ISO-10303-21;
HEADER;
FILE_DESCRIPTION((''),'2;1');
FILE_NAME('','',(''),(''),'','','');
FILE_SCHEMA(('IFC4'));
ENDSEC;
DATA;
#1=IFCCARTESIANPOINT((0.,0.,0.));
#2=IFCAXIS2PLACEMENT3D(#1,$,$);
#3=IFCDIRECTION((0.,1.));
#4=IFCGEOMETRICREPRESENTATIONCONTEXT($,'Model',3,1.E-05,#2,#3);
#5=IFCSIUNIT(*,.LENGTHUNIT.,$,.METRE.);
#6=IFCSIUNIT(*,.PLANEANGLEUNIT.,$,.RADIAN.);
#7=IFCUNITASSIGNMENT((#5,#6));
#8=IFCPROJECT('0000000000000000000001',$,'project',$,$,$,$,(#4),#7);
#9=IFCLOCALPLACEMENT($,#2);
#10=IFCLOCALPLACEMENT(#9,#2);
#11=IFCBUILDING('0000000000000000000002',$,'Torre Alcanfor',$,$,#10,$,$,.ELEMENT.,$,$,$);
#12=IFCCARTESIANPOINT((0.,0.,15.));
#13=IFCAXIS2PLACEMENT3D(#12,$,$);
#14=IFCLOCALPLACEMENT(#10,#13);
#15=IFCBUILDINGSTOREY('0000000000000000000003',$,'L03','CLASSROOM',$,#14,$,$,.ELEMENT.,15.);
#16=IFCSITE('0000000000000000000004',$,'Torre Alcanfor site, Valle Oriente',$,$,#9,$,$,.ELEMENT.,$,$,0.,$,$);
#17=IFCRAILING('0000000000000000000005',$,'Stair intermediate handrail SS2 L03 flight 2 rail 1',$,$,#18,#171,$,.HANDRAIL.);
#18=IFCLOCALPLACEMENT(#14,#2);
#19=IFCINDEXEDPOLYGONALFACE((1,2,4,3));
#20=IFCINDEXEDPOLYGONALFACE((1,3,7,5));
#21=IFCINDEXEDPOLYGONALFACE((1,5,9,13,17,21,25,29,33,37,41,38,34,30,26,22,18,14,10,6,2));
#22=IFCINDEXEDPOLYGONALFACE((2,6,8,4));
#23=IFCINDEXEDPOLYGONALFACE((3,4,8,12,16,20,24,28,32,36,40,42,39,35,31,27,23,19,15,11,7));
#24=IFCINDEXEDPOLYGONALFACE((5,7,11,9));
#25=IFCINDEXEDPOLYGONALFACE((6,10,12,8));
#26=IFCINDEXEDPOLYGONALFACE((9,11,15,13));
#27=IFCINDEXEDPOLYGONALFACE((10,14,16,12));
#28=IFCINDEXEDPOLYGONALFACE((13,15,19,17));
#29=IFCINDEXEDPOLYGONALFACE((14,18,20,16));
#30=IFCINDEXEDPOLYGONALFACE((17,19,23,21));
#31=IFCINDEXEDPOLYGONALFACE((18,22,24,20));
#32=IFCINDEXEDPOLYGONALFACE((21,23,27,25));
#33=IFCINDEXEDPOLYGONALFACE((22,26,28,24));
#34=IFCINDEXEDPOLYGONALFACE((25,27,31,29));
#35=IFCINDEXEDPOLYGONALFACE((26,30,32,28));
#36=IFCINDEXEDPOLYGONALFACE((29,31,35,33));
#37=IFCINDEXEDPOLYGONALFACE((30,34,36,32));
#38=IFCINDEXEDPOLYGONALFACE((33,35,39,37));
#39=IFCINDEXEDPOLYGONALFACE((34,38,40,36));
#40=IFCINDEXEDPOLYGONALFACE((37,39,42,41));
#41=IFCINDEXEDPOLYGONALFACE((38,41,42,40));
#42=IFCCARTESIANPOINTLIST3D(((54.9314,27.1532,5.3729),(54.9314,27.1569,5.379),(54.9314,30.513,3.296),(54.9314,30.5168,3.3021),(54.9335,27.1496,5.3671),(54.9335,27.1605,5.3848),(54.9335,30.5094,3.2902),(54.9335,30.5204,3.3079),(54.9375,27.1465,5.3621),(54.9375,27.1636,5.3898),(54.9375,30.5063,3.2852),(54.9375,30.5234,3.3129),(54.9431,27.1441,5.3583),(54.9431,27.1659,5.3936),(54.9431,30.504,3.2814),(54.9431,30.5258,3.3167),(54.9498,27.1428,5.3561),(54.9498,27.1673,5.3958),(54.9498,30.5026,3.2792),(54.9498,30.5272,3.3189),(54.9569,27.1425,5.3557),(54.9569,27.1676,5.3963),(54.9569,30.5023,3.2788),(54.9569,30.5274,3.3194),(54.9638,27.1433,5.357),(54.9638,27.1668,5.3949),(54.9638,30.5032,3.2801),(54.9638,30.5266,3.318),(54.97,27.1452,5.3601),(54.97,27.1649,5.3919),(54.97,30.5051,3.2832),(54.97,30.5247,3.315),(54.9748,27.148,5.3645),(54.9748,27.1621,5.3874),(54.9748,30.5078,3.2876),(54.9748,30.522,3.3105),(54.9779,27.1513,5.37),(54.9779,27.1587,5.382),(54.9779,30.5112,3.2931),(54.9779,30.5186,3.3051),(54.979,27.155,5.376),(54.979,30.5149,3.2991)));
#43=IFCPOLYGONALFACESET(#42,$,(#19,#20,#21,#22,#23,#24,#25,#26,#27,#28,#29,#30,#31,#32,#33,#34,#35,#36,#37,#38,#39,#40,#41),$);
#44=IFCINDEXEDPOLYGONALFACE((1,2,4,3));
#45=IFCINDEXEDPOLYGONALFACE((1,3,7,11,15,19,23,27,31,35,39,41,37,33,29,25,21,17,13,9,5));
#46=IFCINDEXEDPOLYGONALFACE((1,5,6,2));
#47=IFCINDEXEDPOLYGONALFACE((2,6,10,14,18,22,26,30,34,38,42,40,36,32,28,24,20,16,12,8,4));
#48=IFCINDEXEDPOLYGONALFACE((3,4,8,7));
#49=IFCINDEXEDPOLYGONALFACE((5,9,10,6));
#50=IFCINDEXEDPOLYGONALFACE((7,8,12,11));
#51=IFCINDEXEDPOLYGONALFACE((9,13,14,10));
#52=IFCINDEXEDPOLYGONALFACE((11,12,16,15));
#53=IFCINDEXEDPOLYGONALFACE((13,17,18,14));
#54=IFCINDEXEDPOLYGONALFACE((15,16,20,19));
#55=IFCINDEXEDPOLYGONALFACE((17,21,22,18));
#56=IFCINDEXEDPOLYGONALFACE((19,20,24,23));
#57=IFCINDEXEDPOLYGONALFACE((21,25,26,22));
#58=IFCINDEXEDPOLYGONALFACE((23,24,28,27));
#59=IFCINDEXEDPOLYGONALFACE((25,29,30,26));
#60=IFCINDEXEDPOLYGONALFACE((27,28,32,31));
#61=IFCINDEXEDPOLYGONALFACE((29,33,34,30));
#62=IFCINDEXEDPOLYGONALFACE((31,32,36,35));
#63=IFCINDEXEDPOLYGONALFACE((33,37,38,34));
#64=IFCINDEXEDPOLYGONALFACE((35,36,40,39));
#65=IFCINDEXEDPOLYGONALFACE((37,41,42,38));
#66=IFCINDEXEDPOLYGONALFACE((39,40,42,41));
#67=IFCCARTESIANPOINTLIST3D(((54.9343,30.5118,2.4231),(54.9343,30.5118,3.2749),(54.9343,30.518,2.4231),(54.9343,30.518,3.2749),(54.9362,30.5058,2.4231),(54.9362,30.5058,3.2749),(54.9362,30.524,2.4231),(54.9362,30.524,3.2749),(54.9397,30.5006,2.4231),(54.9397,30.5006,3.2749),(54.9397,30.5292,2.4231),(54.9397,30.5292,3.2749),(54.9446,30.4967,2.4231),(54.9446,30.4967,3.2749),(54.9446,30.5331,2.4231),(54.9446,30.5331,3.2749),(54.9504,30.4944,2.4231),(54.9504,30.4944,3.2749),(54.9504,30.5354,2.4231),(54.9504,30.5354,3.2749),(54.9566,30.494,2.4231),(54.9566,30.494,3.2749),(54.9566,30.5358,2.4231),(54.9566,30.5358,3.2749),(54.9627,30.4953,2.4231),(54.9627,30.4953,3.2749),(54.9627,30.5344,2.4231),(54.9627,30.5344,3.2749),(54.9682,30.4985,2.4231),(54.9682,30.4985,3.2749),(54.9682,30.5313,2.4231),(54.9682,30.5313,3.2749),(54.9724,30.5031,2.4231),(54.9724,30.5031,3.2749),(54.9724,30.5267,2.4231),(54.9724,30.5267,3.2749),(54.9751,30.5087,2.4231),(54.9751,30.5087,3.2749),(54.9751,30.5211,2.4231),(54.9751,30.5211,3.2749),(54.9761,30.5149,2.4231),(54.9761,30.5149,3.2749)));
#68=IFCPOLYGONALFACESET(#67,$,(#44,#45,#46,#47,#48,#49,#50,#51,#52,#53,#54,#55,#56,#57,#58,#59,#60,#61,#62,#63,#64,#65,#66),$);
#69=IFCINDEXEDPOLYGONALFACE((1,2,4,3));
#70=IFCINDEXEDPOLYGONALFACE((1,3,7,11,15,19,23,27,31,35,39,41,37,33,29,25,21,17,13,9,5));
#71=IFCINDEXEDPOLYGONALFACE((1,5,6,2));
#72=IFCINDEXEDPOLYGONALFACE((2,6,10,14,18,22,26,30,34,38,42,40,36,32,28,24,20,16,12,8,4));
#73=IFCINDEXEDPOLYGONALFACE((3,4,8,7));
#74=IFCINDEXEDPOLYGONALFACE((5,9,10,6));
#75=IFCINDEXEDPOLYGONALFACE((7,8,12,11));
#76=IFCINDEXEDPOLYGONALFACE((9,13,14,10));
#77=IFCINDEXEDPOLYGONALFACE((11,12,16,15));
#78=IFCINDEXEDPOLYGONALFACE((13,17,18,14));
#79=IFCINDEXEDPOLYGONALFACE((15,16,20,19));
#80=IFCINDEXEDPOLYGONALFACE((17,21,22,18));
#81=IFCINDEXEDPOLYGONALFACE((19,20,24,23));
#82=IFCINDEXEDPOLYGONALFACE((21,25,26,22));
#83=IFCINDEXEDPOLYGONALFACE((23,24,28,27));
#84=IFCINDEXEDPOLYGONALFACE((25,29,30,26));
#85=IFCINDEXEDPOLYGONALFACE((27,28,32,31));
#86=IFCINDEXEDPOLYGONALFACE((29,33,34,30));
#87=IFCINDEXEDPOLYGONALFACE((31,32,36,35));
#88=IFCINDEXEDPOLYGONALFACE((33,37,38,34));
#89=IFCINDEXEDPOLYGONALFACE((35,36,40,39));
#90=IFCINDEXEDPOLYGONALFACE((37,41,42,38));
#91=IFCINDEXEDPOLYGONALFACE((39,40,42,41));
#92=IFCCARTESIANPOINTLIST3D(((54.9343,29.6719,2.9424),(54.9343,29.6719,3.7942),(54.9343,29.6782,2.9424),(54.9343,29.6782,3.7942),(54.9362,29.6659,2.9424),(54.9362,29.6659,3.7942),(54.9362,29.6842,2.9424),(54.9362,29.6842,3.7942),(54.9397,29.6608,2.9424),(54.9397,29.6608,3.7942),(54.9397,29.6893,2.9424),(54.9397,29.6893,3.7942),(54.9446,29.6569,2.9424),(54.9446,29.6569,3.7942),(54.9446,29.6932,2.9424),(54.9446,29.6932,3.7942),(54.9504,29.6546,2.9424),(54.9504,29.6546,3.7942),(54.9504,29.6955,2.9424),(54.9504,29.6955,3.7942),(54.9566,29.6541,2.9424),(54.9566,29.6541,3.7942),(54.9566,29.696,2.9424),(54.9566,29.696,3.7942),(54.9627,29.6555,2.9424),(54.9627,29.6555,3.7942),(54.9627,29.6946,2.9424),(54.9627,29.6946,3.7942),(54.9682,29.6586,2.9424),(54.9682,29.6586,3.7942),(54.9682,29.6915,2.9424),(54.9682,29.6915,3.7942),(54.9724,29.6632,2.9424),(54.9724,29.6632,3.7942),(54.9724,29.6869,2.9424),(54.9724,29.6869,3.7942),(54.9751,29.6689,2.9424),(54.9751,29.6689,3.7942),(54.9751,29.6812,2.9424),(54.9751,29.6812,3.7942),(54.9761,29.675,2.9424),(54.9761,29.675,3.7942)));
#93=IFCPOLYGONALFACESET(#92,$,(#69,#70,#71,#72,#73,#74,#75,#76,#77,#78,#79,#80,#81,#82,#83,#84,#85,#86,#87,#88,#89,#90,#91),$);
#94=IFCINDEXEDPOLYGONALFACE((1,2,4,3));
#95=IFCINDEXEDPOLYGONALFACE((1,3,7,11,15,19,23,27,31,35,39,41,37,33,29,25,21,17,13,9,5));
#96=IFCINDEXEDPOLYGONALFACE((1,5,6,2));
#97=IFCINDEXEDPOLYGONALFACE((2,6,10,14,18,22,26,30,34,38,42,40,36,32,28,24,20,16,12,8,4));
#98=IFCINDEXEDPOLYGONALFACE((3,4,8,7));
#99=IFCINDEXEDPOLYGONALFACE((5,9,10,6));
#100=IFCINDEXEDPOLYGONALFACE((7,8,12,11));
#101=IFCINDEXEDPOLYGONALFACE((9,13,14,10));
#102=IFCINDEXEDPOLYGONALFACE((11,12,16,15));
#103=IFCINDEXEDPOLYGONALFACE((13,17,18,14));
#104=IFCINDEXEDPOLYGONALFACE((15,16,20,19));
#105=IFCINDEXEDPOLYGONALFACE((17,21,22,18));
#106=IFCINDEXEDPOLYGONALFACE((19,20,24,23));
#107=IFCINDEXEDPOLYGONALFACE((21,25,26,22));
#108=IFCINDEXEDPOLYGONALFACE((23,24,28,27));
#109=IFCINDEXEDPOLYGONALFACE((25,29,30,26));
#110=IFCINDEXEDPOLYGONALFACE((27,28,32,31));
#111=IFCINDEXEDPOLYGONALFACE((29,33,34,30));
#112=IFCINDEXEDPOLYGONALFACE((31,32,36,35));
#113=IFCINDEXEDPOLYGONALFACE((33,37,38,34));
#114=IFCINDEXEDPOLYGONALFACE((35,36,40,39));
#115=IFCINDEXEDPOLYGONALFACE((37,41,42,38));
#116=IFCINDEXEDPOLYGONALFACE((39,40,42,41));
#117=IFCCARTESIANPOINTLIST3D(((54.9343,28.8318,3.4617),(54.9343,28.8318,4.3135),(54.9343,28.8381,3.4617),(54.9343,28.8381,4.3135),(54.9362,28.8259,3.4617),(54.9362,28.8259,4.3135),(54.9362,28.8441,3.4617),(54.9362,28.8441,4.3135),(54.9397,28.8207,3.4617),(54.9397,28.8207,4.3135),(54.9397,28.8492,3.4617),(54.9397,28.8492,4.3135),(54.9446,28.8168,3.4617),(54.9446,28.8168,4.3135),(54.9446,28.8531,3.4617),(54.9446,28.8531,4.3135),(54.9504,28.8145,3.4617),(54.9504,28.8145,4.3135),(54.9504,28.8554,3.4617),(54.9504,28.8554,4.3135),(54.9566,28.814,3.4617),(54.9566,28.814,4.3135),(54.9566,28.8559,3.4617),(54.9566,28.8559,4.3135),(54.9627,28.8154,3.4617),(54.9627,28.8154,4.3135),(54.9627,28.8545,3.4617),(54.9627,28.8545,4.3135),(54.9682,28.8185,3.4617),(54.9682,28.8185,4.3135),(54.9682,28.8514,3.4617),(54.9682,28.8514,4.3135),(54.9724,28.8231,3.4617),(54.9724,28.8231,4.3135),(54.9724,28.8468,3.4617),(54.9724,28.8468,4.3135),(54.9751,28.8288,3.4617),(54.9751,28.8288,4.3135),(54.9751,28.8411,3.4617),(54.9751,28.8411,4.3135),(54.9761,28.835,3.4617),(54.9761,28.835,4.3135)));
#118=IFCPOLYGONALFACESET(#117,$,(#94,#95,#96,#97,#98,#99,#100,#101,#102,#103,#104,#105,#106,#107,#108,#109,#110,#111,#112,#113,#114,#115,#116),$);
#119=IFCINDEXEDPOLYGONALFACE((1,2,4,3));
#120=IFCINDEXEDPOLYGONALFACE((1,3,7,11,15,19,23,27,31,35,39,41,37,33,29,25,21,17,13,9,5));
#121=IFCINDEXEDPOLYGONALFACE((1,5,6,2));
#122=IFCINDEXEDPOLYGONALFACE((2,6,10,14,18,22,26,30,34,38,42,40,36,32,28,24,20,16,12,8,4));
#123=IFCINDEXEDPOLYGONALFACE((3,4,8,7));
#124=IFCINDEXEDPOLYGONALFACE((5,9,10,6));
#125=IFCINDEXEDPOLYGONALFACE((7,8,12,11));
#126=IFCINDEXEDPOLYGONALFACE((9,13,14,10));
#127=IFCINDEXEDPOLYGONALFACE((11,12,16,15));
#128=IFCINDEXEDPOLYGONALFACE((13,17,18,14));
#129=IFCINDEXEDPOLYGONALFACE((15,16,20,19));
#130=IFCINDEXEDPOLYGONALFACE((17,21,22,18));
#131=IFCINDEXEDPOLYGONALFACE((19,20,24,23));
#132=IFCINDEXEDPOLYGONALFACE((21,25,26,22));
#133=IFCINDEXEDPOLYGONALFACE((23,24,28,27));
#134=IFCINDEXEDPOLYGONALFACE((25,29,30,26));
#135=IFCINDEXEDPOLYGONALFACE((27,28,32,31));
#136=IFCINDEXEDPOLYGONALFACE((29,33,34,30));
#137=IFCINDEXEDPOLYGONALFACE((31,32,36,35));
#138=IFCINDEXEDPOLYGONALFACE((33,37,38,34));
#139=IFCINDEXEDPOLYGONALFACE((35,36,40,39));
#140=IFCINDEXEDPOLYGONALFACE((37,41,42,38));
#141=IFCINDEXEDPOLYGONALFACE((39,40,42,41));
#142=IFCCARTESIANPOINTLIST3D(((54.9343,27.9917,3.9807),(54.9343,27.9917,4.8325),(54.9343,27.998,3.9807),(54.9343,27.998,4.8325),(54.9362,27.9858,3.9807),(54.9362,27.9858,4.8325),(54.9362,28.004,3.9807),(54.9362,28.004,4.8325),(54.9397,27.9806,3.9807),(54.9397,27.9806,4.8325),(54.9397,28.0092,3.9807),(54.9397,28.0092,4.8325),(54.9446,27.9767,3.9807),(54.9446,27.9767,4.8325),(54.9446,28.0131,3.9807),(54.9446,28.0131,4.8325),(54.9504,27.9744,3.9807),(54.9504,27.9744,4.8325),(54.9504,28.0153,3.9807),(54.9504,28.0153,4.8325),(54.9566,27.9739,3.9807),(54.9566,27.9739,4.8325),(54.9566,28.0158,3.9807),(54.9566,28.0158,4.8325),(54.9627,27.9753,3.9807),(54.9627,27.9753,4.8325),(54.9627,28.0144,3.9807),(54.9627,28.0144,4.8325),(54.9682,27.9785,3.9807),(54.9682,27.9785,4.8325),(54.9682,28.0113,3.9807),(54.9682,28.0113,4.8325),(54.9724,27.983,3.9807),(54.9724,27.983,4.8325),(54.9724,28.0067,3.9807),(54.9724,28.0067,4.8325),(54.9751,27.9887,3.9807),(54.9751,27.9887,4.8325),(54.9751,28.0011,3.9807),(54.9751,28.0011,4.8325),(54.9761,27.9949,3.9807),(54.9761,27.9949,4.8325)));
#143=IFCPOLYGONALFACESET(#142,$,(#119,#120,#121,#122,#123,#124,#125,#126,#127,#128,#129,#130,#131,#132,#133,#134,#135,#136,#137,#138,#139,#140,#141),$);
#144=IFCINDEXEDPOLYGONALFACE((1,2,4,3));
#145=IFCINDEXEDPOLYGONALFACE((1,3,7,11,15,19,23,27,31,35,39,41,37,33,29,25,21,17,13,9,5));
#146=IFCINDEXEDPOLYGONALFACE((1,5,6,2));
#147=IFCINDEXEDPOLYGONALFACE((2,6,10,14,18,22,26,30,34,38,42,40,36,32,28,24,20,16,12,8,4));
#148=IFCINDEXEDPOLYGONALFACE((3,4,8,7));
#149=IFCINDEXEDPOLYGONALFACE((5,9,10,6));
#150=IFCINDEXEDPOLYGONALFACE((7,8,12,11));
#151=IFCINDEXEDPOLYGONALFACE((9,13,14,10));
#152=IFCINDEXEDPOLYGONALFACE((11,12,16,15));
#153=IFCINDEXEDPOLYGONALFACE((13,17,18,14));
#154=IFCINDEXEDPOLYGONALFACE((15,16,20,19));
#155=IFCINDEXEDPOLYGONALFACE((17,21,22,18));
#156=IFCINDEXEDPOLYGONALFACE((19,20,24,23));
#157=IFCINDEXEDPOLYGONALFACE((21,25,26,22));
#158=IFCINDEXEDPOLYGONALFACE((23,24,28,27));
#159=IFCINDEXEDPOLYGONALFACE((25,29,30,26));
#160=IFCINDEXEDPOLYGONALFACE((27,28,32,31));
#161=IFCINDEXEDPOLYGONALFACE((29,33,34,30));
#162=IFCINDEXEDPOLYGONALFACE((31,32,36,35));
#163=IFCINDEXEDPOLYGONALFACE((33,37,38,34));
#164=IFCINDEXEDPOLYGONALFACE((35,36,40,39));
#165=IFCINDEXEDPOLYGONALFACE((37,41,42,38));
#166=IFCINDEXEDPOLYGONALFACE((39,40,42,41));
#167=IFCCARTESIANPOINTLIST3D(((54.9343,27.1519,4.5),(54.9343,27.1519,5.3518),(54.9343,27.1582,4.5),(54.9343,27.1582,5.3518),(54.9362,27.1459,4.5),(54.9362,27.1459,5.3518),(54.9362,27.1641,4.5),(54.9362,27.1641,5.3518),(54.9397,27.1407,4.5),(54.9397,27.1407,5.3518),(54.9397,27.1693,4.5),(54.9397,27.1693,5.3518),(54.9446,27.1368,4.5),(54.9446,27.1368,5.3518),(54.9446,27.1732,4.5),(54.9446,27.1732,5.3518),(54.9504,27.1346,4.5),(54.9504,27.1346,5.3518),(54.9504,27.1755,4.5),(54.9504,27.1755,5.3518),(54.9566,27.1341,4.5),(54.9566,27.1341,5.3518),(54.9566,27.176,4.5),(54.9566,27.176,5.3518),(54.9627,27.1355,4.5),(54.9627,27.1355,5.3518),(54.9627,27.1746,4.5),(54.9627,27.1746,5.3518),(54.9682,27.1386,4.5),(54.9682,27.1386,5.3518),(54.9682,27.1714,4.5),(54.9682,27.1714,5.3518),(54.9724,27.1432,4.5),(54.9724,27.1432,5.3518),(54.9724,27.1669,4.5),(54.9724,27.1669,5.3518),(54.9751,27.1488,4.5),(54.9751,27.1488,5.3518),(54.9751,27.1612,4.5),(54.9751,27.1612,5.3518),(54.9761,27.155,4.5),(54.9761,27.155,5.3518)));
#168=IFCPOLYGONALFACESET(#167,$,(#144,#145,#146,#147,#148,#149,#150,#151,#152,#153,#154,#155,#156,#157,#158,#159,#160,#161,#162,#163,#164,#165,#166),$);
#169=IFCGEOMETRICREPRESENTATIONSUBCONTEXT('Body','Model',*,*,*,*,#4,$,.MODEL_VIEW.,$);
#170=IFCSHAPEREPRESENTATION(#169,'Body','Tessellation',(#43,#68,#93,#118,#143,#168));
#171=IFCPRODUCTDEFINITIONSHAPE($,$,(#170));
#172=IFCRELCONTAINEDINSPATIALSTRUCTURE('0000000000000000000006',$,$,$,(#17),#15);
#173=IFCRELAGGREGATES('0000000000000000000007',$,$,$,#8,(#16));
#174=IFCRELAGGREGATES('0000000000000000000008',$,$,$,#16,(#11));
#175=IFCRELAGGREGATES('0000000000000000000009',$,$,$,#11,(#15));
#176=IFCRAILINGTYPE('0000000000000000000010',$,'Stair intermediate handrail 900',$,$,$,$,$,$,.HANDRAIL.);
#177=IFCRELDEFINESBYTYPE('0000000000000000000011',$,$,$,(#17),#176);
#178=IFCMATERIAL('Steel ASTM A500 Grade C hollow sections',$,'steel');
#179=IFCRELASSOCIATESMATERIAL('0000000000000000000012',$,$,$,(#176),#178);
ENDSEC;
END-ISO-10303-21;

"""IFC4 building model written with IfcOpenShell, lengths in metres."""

from ifc_helpers import new_model, si_unit, direction, frame, origin, origin_2d, place, context, subcontext, project, spatial, circle, extrude, material, type_object, element, save


model = new_model("IFC4")

# Units and contexts
model_context = context("Model", 3, precision=1e-05, world=origin(), true_north=direction((0.0, 1.0)))
body_context = subcontext(model_context, "Body", "Model", "MODEL_VIEW")
ifc_project = project(units=[si_unit("LENGTHUNIT", "METRE"), si_unit("PLANEANGLEUNIT", "RADIAN")], contexts=[model_context])

# Site, building, storey
site_placement = place(None, origin())
site = spatial("IfcSite", under=ifc_project, at=site_placement, Name="Torre Alcanfor site, Valle Oriente", CompositionType="ELEMENT", RefElevation=0.0)
building_placement = place(site_placement, origin())
building = spatial("IfcBuilding", under=site, at=building_placement, Name="Torre Alcanfor", CompositionType="ELEMENT")
storey_placement = place(building_placement, frame((0.0, 0.0, 15.0)))
storey = spatial("IfcBuildingStorey", under=building, at=storey_placement, Name="L03", Description="CLASSROOM", CompositionType="ELEMENT", Elevation=15.0)

# Railing
ifc_material_1 = material(Name="Steel ASTM A500 Grade C hollow sections", Category="steel")
railing_type_1 = type_object("IfcRailingType", Name="Stair intermediate handrail 900", PredefinedType="HANDRAIL", material=ifc_material_1)
railing_1_placement = place(storey_placement, frame((54.9551, 30.5149, 2.4231)))
element("IfcRailing", 1, at=railing_1_placement, inside=storey, type_object=railing_type_1, Name="Stair intermediate handrail SS2 L03 flight 2 rail 1", PredefinedType="HANDRAIL", context=body_context, shape_type="SweptSolid", body=[
    extrude(circle(Radius=0.0239, at=origin_2d()), frame((0.0, 0.0, 0.876), z_axis=(0.0, -0.850606, 0.525803), x_axis=(1.0, 0.0, 0.0)), (0.0, 0.0, 1.0), 3.95),
    extrude(circle(Radius=0.021, at=origin_2d()), origin(), (0.0, 0.0, 1.0), 0.8518),
    extrude(circle(Radius=0.021, at=origin_2d()), frame((0.0, -0.8398, 0.5193)), (0.0, 0.0, 1.0), 0.8518),
    extrude(circle(Radius=0.021, at=origin_2d()), frame((0.0, -1.6799, 1.0386)), (0.0, 0.0, 1.0), 0.8518),
    extrude(circle(Radius=0.021, at=origin_2d()), frame((0.0, -2.52, 1.5576)), (0.0, 0.0, 1.0), 0.8518),
    extrude(circle(Radius=0.021, at=origin_2d()), frame((0.0, -3.3599, 2.0769)), (0.0, 0.0, 1.0), 0.8518),
])

save(model, "model.ifc")
